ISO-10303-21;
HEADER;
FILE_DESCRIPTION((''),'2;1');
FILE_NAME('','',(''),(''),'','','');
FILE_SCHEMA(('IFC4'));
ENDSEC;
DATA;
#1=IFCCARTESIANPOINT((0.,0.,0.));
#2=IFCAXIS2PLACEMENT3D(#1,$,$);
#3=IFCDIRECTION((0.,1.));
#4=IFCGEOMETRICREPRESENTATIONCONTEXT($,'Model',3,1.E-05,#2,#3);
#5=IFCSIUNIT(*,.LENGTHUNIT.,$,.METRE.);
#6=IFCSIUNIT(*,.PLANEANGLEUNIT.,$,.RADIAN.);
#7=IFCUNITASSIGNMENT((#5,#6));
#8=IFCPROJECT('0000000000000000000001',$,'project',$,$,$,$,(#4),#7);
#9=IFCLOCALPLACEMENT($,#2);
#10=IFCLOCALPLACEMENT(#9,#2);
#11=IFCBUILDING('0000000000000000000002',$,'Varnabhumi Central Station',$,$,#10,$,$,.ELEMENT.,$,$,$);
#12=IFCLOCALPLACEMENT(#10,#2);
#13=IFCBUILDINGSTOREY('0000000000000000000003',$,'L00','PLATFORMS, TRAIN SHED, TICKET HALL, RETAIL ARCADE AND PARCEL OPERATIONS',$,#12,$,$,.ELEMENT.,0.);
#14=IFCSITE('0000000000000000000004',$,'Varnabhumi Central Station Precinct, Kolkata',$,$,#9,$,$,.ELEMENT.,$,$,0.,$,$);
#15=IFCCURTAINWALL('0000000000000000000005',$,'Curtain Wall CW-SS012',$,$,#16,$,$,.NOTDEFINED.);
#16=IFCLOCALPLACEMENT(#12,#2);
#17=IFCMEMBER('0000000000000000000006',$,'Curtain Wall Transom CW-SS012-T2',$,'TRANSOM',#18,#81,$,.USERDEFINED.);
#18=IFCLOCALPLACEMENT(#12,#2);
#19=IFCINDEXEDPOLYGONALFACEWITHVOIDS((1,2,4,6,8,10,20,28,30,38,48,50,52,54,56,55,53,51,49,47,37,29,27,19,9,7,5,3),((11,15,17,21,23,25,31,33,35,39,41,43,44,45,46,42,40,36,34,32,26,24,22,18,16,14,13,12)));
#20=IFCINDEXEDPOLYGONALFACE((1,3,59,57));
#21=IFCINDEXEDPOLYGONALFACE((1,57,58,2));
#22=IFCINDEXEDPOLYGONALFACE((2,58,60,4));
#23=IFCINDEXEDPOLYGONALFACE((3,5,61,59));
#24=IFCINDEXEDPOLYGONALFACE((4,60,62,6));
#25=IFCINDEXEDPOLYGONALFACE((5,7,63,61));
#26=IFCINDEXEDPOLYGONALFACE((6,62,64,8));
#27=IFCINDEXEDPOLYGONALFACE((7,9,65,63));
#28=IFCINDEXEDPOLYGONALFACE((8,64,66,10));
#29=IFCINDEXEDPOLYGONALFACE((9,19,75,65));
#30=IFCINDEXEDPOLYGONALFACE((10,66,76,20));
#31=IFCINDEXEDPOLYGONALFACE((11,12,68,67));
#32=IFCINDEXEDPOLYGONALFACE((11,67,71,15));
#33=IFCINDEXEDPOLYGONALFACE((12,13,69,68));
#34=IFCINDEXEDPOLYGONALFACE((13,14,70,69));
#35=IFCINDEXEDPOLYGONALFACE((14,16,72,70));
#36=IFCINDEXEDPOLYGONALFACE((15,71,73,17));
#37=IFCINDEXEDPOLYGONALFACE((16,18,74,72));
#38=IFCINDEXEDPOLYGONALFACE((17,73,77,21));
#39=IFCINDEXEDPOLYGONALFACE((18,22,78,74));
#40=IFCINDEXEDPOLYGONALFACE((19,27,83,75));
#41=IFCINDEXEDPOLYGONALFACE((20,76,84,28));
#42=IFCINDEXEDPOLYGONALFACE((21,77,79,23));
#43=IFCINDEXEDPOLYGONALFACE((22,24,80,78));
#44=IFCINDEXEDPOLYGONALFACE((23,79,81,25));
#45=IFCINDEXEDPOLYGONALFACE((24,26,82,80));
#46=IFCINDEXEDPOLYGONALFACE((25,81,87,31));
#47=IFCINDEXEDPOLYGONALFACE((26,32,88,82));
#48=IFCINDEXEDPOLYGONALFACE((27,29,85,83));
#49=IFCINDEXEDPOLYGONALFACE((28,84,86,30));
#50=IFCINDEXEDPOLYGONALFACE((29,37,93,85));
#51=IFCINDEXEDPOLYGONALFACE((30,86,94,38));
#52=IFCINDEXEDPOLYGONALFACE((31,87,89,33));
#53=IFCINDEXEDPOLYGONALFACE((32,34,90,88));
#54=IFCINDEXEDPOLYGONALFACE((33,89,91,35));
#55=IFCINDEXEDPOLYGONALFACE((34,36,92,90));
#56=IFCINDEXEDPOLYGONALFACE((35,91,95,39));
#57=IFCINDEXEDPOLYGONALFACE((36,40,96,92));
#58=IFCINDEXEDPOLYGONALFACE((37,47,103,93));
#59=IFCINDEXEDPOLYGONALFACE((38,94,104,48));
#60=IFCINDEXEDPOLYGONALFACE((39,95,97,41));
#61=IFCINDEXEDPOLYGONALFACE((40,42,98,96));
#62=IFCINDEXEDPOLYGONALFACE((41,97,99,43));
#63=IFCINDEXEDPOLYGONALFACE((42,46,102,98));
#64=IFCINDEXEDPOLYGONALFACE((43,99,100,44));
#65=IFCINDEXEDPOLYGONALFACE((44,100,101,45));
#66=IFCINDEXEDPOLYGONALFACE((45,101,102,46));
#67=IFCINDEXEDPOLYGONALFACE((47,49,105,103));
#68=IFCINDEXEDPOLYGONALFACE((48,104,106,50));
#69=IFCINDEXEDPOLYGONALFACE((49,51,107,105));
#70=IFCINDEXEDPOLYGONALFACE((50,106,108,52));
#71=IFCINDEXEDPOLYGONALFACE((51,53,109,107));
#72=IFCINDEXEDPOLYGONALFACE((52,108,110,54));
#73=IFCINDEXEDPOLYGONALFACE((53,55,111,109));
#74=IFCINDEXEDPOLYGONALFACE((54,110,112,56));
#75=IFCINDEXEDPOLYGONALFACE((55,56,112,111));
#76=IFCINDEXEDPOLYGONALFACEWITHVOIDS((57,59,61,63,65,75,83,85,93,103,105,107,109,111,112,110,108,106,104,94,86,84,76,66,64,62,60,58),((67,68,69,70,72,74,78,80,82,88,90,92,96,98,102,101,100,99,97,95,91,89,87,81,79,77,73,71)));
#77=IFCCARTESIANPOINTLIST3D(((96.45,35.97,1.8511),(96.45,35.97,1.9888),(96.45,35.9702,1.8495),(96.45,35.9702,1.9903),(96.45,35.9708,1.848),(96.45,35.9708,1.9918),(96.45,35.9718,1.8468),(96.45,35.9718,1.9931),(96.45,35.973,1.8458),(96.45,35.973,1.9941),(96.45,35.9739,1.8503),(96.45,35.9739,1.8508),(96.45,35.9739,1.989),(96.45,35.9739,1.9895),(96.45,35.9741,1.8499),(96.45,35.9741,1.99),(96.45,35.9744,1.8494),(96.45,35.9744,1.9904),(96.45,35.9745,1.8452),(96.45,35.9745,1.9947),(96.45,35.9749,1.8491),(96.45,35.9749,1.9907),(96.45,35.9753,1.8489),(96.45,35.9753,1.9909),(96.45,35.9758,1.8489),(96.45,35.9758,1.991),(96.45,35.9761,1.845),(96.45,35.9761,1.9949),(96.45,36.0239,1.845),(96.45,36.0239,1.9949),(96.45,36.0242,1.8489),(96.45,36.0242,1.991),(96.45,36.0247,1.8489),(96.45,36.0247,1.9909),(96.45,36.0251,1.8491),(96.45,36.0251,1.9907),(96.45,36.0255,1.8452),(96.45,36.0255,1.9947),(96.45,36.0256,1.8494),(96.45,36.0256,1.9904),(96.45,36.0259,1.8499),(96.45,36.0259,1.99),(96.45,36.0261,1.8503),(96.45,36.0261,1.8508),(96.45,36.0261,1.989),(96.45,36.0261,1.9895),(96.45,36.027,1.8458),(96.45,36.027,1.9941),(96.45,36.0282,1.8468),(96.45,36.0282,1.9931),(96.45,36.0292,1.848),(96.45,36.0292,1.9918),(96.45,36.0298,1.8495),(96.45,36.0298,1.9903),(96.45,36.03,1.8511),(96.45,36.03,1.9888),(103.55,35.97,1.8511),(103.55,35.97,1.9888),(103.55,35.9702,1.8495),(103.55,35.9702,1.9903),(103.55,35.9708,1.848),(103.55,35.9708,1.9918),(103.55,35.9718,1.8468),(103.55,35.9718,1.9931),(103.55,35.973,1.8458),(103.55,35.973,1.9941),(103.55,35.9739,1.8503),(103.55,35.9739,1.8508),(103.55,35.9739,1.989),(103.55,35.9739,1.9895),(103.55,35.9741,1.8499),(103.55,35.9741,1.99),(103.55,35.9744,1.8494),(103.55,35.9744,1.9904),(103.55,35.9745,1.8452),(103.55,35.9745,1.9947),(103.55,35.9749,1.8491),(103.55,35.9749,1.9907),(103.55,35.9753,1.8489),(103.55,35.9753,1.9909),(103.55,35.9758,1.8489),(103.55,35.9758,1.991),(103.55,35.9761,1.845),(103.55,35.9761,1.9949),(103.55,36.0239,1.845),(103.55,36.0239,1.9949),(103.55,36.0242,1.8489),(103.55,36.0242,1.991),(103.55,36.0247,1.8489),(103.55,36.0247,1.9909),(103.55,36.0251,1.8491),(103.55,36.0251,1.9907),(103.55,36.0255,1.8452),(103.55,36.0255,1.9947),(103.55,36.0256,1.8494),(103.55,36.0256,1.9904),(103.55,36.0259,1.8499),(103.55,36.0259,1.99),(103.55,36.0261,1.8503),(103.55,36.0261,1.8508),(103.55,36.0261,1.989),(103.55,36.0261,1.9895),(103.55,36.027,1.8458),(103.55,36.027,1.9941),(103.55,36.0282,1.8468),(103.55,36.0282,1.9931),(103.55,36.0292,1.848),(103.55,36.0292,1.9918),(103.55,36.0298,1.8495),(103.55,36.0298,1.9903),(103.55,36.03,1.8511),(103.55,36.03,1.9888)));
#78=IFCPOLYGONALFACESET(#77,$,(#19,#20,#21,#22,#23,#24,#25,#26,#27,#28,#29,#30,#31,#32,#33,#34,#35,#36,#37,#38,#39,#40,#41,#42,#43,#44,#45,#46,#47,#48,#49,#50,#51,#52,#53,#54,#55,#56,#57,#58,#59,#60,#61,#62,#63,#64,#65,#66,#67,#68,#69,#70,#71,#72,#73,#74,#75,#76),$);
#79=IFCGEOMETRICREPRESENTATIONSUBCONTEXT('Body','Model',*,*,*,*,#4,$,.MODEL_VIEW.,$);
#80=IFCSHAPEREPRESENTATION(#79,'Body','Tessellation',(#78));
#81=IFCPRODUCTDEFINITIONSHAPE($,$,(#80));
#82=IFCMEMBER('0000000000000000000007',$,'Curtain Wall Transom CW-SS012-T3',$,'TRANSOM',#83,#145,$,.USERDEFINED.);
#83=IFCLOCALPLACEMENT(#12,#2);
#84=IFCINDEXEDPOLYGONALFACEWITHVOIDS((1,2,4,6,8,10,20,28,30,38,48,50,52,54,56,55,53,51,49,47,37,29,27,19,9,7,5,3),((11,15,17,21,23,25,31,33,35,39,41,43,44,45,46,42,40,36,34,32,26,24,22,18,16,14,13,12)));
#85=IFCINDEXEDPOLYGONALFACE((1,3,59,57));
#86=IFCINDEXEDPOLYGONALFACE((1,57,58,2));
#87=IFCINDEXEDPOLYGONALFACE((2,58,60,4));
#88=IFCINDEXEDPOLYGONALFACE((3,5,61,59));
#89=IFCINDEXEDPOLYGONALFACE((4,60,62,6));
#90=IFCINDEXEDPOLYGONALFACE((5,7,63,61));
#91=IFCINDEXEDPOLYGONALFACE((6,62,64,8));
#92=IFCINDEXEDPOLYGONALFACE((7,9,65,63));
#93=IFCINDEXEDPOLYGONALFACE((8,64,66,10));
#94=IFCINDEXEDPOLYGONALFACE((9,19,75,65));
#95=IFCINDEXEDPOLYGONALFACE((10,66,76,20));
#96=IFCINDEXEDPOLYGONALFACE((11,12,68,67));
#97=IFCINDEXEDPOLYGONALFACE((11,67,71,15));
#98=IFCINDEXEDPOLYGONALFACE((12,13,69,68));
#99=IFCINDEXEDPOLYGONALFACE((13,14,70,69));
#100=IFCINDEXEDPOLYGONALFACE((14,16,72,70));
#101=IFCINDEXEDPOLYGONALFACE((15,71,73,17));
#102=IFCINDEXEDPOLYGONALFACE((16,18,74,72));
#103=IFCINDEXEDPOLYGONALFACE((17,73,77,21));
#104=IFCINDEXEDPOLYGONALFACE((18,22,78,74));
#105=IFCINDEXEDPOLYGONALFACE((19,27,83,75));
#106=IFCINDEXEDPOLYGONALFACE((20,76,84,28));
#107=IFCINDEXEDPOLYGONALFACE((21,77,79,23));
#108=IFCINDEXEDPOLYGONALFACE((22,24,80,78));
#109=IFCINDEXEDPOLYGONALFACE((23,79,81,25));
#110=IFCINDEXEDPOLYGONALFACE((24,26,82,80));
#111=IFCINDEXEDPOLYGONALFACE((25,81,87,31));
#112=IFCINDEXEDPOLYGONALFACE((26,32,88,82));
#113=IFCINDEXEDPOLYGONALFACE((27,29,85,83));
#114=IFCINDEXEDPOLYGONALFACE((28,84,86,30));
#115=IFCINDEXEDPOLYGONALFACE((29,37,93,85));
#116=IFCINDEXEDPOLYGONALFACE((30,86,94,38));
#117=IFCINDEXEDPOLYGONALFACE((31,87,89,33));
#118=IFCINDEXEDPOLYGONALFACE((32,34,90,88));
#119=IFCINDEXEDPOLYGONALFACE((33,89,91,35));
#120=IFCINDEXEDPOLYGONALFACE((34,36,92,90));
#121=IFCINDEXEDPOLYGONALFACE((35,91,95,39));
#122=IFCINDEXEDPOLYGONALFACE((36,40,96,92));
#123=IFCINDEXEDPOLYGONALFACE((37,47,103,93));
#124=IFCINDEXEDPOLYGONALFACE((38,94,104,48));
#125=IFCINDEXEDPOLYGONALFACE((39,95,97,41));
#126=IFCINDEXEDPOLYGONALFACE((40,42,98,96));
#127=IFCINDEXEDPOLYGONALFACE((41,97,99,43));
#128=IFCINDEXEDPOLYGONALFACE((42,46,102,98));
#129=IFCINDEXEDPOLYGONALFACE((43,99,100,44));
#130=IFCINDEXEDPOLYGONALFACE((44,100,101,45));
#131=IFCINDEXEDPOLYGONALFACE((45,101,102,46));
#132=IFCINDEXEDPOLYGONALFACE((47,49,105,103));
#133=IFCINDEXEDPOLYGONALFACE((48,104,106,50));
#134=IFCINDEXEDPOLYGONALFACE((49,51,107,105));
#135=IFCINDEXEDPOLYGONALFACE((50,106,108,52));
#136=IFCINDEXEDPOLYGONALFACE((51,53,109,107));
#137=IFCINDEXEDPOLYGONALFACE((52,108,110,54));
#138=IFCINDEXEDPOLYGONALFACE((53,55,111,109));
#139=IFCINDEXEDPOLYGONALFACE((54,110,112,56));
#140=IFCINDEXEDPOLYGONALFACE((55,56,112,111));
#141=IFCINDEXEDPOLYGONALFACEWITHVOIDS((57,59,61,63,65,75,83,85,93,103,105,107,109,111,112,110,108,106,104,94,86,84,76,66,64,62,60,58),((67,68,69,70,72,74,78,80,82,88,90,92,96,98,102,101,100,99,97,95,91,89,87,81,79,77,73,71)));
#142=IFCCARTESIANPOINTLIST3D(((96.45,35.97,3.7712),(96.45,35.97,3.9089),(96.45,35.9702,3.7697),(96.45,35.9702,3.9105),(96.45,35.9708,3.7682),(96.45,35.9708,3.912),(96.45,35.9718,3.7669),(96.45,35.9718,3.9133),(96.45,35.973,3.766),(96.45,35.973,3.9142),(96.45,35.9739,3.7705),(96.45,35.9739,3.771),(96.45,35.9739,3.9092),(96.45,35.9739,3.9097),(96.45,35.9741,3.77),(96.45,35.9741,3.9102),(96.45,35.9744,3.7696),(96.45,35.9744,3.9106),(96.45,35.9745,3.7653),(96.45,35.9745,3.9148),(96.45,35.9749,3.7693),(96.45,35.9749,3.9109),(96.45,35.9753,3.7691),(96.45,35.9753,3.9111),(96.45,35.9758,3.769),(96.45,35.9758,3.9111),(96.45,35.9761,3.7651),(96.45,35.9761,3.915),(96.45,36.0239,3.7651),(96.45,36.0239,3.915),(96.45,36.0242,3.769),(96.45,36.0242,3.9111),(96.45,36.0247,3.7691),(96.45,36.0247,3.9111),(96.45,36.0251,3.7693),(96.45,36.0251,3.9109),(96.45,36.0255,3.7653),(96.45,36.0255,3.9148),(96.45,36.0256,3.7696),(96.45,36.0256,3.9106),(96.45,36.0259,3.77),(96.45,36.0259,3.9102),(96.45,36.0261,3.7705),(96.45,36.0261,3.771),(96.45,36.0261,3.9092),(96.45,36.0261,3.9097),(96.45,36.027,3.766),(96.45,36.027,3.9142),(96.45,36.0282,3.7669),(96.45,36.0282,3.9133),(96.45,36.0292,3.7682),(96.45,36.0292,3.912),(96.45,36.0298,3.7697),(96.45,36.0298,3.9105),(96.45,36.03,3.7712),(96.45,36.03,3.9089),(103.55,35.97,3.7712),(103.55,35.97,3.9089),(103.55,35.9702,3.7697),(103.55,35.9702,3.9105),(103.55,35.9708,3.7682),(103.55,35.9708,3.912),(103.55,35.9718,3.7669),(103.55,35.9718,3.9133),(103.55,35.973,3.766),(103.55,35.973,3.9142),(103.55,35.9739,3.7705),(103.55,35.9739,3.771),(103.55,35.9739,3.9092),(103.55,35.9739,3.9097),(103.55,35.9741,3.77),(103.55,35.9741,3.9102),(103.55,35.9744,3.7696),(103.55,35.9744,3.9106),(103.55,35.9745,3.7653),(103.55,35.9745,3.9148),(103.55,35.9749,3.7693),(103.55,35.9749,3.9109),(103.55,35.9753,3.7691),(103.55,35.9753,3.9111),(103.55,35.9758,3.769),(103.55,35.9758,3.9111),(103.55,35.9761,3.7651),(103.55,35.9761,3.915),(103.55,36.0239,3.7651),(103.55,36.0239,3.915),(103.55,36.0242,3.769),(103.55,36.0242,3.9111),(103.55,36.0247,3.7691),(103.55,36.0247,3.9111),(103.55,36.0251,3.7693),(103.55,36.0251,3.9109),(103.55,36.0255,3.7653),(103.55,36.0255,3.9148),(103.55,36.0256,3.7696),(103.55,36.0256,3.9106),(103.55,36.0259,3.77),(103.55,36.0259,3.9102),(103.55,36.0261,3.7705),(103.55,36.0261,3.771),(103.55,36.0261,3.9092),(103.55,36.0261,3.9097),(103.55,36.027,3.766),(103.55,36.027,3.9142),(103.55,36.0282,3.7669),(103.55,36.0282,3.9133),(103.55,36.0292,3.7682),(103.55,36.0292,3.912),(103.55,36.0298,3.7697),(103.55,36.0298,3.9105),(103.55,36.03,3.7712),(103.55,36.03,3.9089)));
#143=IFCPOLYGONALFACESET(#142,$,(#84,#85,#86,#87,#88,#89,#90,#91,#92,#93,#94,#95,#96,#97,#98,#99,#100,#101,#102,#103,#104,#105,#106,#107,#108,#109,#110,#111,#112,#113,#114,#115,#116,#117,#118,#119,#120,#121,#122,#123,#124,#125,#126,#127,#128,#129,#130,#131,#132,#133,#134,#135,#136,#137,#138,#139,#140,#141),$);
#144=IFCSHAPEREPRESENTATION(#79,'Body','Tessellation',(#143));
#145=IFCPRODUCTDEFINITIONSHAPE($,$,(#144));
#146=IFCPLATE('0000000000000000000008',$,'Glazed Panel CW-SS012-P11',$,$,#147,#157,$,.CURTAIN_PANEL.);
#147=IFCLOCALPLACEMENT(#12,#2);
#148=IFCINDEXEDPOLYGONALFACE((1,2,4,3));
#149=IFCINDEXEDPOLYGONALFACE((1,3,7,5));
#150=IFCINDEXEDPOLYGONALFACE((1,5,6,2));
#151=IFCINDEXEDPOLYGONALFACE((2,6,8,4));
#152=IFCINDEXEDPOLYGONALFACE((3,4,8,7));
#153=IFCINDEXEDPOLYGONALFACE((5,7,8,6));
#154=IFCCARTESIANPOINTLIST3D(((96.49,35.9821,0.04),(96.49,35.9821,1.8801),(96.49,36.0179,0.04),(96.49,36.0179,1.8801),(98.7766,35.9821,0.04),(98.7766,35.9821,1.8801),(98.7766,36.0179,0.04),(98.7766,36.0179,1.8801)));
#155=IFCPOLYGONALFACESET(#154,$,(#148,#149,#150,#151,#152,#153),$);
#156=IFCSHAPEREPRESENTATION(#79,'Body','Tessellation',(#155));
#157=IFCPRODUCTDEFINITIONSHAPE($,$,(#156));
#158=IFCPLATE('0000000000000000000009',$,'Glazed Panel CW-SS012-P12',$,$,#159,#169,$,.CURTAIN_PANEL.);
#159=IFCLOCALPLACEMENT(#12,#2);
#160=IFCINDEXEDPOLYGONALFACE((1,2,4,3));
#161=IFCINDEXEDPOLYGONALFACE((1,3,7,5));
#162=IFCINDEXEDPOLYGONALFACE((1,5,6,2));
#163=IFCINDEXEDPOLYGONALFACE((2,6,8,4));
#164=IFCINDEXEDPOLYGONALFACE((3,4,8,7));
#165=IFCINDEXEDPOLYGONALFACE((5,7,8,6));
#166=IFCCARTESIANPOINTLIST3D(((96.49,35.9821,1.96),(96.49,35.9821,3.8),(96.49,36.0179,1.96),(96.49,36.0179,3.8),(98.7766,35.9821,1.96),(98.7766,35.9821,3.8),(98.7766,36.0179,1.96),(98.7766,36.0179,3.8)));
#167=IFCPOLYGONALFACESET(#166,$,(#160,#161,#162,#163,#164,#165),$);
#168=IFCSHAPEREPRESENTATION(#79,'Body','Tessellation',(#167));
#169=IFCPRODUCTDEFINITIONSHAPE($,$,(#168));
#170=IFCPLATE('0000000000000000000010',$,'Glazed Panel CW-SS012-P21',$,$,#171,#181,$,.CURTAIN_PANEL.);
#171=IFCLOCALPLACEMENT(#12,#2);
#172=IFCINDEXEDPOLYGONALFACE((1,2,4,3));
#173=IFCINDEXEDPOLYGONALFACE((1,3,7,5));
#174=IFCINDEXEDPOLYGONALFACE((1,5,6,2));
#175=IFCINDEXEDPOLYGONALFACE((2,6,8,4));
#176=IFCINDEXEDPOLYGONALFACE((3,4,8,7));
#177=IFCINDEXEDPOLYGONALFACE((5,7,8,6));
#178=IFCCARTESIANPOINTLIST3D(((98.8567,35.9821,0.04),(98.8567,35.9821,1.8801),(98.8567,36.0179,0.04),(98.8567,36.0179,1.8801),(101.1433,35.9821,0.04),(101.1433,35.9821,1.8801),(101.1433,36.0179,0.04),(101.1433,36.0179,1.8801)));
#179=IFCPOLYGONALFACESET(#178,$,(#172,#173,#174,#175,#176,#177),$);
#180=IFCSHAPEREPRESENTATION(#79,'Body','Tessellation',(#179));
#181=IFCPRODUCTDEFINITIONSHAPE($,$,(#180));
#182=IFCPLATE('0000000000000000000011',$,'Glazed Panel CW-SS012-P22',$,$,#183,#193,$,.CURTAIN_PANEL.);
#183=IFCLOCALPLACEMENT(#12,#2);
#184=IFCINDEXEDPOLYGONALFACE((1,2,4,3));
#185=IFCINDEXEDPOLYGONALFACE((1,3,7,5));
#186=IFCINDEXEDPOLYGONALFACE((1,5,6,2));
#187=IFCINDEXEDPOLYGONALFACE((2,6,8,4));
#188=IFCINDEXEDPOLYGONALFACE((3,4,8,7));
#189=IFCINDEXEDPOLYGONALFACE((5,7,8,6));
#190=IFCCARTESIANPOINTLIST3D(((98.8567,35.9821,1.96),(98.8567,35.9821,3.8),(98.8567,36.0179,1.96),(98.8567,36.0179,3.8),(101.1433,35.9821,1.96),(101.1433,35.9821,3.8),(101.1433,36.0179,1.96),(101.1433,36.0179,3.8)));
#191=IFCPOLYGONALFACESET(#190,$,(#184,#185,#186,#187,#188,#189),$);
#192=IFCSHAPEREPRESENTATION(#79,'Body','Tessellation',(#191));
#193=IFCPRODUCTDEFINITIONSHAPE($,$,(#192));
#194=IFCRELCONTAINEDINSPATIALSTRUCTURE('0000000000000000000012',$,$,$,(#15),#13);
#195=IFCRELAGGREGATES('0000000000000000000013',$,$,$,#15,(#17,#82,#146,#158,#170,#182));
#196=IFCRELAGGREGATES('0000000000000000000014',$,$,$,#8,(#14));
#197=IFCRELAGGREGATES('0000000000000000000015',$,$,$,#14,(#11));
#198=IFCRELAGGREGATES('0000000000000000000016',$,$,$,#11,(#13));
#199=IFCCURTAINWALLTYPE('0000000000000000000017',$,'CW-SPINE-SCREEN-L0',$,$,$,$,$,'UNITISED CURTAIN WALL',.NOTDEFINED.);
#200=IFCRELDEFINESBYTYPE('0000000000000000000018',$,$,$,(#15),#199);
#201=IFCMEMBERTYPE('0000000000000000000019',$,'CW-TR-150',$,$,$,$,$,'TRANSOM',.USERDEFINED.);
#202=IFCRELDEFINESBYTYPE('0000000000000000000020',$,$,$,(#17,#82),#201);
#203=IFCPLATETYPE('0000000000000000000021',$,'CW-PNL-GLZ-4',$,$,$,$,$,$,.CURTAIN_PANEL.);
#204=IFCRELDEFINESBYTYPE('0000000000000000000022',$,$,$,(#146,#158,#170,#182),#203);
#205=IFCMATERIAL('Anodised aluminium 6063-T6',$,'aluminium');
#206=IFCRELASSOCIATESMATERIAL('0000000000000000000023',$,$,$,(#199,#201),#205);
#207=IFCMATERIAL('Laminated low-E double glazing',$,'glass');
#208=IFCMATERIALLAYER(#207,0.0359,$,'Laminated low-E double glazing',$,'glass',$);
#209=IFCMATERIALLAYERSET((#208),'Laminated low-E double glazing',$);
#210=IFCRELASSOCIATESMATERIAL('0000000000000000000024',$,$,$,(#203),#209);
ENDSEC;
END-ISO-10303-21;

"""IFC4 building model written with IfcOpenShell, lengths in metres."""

from ifc_helpers import new_model, si_unit, direction, frame, origin, origin_2d, place, context, subcontext, project, spatial, rectangle, hollow_rectangle, extrude, material, layer, layer_set, material_profile, profile_set, type_object, element, aggregate, save


model = new_model("IFC4")

# Units and contexts
model_context = context("Model", 3, precision=1e-05, world=origin(), true_north=direction((0.0, 1.0)))
body_context = subcontext(model_context, "Body", "Model", "MODEL_VIEW")
ifc_project = project(units=[si_unit("LENGTHUNIT", "METRE"), si_unit("PLANEANGLEUNIT", "RADIAN")], contexts=[model_context])

# Site, building, storey
site_placement = place(None, origin())
site = spatial("IfcSite", under=ifc_project, at=site_placement, Name="Varnabhumi Central Station Precinct, Kolkata", CompositionType="ELEMENT", RefElevation=0.0)
building_placement = place(site_placement, origin())
building = spatial("IfcBuilding", under=site, at=building_placement, Name="Varnabhumi Central Station", CompositionType="ELEMENT")
storey_placement = place(building_placement, origin())
storey = spatial("IfcBuildingStorey", under=building, at=storey_placement, Name="L00", Description="PLATFORMS, TRAIN SHED, TICKET HALL, RETAIL ARCADE AND PARCEL OPERATIONS", CompositionType="ELEMENT", Elevation=0.0)

# Curtain wall, members, plates
ifc_material_1 = material(Name="Anodised aluminium 6063-T6", Category="aluminium")
curtain_wall_type = type_object("IfcCurtainWallType", Name="CW-SPINE-SCREEN-L0", ElementType="UNITISED CURTAIN WALL", PredefinedType="NOTDEFINED", material=ifc_material_1)
curtain_wall_placement = place(storey_placement, origin())
curtain_wall = element("IfcCurtainWall", 1, at=curtain_wall_placement, inside=storey, type_object=curtain_wall_type, Name="Curtain Wall CW-SS012", PredefinedType="NOTDEFINED")
ifc_material_profile_1 = material_profile(ifc_material_1, hollow_rectangle(XDim=0.0601, YDim=0.1499, WallThickness=0.0039, InnerFilletRadius=0.002, OuterFilletRadius=0.0061, at=origin_2d()), Name="Anodised aluminium 6063-T6", Category="aluminium")
ifc_profile_set_1 = profile_set([ifc_material_profile_1], Name="Anodised aluminium 6063-T6")
member_type_1 = type_object("IfcMemberType", Name="CW-TR-150", ElementType="TRANSOM", PredefinedType="USERDEFINED", material=ifc_profile_set_1)
member_1_placement = place(storey_placement, frame((96.45, 36.0, 1.9199), z_axis=(1.0, 0.0, 0.0), x_axis=(0.0, 1.0, 0.0)))
member_1 = element("IfcMember", 2, at=member_1_placement, type_object=member_type_1, Name="Curtain Wall Transom CW-SS012-T2", ObjectType="TRANSOM", PredefinedType="USERDEFINED", context=body_context, shape_type="SweptSolid", body=[
    extrude(hollow_rectangle(XDim=0.0601, YDim=0.1499, WallThickness=0.0039, InnerFilletRadius=0.002, OuterFilletRadius=0.0061, at=origin_2d()), origin(), (0.0, 0.0, 1.0), 7.1001),
])
member_2_placement = place(storey_placement, frame((96.45, 36.0, 3.8401), z_axis=(1.0, 0.0, 0.0), x_axis=(0.0, 1.0, 0.0)))
member_2 = element("IfcMember", 3, at=member_2_placement, type_object=member_type_1, Name="Curtain Wall Transom CW-SS012-T3", ObjectType="TRANSOM", PredefinedType="USERDEFINED", context=body_context, shape_type="SweptSolid", body=[
    extrude(hollow_rectangle(XDim=0.0601, YDim=0.1499, WallThickness=0.0039, InnerFilletRadius=0.002, OuterFilletRadius=0.0061, at=origin_2d()), origin(), (0.0, 0.0, 1.0), 7.1001),
])
ifc_material_2 = material(Name="Laminated low-E double glazing", Category="glass")
ifc_layer_1 = layer(ifc_material_2, 0.0359, Name="Laminated low-E double glazing", Category="glass")
ifc_layer_set_1 = layer_set([ifc_layer_1], Name="Laminated low-E double glazing")
plate_type_1 = type_object("IfcPlateType", Name="CW-PNL-GLZ-4", PredefinedType="CURTAIN_PANEL", material=ifc_layer_set_1)
plate_1_placement = place(storey_placement, frame((97.6333, 36.0, 0.04), z_axis=(0.0, 0.0, 1.0), x_axis=(1.0, 0.0, 0.0)))
plate_1 = element("IfcPlate", 4, at=plate_1_placement, type_object=plate_type_1, Name="Glazed Panel CW-SS012-P11", PredefinedType="CURTAIN_PANEL", context=body_context, shape_type="SweptSolid", body=[
    extrude(rectangle(XDim=2.2866, YDim=0.0359, at=origin_2d()), origin(), (0.0, 0.0, 1.0), 1.8401),
])
plate_2_placement = place(storey_placement, frame((97.6333, 36.0, 1.96), z_axis=(0.0, 0.0, 1.0), x_axis=(1.0, 0.0, 0.0)))
plate_2 = element("IfcPlate", 5, at=plate_2_placement, type_object=plate_type_1, Name="Glazed Panel CW-SS012-P12", PredefinedType="CURTAIN_PANEL", context=body_context, shape_type="SweptSolid", body=[
    extrude(rectangle(XDim=2.2866, YDim=0.0359, at=origin_2d()), origin(), (0.0, 0.0, 1.0), 1.8401),
])
plate_3_placement = place(storey_placement, frame((100.0, 36.0, 0.04), z_axis=(0.0, 0.0, 1.0), x_axis=(1.0, 0.0, 0.0)))
plate_3 = element("IfcPlate", 6, at=plate_3_placement, type_object=plate_type_1, Name="Glazed Panel CW-SS012-P21", PredefinedType="CURTAIN_PANEL", context=body_context, shape_type="SweptSolid", body=[
    extrude(rectangle(XDim=2.2866, YDim=0.0359, at=origin_2d()), origin(), (0.0, 0.0, 1.0), 1.8401),
])
plate_4_placement = place(storey_placement, frame((100.0, 36.0, 1.96), z_axis=(0.0, 0.0, 1.0), x_axis=(1.0, 0.0, 0.0)))
plate_4 = element("IfcPlate", 7, at=plate_4_placement, type_object=plate_type_1, Name="Glazed Panel CW-SS012-P22", PredefinedType="CURTAIN_PANEL", context=body_context, shape_type="SweptSolid", body=[
    extrude(rectangle(XDim=2.2866, YDim=0.0359, at=origin_2d()), origin(), (0.0, 0.0, 1.0), 1.8401),
])
aggregate(curtain_wall, [member_1, member_2, plate_1, plate_2, plate_3, plate_4])

save(model, "model.ifc")
